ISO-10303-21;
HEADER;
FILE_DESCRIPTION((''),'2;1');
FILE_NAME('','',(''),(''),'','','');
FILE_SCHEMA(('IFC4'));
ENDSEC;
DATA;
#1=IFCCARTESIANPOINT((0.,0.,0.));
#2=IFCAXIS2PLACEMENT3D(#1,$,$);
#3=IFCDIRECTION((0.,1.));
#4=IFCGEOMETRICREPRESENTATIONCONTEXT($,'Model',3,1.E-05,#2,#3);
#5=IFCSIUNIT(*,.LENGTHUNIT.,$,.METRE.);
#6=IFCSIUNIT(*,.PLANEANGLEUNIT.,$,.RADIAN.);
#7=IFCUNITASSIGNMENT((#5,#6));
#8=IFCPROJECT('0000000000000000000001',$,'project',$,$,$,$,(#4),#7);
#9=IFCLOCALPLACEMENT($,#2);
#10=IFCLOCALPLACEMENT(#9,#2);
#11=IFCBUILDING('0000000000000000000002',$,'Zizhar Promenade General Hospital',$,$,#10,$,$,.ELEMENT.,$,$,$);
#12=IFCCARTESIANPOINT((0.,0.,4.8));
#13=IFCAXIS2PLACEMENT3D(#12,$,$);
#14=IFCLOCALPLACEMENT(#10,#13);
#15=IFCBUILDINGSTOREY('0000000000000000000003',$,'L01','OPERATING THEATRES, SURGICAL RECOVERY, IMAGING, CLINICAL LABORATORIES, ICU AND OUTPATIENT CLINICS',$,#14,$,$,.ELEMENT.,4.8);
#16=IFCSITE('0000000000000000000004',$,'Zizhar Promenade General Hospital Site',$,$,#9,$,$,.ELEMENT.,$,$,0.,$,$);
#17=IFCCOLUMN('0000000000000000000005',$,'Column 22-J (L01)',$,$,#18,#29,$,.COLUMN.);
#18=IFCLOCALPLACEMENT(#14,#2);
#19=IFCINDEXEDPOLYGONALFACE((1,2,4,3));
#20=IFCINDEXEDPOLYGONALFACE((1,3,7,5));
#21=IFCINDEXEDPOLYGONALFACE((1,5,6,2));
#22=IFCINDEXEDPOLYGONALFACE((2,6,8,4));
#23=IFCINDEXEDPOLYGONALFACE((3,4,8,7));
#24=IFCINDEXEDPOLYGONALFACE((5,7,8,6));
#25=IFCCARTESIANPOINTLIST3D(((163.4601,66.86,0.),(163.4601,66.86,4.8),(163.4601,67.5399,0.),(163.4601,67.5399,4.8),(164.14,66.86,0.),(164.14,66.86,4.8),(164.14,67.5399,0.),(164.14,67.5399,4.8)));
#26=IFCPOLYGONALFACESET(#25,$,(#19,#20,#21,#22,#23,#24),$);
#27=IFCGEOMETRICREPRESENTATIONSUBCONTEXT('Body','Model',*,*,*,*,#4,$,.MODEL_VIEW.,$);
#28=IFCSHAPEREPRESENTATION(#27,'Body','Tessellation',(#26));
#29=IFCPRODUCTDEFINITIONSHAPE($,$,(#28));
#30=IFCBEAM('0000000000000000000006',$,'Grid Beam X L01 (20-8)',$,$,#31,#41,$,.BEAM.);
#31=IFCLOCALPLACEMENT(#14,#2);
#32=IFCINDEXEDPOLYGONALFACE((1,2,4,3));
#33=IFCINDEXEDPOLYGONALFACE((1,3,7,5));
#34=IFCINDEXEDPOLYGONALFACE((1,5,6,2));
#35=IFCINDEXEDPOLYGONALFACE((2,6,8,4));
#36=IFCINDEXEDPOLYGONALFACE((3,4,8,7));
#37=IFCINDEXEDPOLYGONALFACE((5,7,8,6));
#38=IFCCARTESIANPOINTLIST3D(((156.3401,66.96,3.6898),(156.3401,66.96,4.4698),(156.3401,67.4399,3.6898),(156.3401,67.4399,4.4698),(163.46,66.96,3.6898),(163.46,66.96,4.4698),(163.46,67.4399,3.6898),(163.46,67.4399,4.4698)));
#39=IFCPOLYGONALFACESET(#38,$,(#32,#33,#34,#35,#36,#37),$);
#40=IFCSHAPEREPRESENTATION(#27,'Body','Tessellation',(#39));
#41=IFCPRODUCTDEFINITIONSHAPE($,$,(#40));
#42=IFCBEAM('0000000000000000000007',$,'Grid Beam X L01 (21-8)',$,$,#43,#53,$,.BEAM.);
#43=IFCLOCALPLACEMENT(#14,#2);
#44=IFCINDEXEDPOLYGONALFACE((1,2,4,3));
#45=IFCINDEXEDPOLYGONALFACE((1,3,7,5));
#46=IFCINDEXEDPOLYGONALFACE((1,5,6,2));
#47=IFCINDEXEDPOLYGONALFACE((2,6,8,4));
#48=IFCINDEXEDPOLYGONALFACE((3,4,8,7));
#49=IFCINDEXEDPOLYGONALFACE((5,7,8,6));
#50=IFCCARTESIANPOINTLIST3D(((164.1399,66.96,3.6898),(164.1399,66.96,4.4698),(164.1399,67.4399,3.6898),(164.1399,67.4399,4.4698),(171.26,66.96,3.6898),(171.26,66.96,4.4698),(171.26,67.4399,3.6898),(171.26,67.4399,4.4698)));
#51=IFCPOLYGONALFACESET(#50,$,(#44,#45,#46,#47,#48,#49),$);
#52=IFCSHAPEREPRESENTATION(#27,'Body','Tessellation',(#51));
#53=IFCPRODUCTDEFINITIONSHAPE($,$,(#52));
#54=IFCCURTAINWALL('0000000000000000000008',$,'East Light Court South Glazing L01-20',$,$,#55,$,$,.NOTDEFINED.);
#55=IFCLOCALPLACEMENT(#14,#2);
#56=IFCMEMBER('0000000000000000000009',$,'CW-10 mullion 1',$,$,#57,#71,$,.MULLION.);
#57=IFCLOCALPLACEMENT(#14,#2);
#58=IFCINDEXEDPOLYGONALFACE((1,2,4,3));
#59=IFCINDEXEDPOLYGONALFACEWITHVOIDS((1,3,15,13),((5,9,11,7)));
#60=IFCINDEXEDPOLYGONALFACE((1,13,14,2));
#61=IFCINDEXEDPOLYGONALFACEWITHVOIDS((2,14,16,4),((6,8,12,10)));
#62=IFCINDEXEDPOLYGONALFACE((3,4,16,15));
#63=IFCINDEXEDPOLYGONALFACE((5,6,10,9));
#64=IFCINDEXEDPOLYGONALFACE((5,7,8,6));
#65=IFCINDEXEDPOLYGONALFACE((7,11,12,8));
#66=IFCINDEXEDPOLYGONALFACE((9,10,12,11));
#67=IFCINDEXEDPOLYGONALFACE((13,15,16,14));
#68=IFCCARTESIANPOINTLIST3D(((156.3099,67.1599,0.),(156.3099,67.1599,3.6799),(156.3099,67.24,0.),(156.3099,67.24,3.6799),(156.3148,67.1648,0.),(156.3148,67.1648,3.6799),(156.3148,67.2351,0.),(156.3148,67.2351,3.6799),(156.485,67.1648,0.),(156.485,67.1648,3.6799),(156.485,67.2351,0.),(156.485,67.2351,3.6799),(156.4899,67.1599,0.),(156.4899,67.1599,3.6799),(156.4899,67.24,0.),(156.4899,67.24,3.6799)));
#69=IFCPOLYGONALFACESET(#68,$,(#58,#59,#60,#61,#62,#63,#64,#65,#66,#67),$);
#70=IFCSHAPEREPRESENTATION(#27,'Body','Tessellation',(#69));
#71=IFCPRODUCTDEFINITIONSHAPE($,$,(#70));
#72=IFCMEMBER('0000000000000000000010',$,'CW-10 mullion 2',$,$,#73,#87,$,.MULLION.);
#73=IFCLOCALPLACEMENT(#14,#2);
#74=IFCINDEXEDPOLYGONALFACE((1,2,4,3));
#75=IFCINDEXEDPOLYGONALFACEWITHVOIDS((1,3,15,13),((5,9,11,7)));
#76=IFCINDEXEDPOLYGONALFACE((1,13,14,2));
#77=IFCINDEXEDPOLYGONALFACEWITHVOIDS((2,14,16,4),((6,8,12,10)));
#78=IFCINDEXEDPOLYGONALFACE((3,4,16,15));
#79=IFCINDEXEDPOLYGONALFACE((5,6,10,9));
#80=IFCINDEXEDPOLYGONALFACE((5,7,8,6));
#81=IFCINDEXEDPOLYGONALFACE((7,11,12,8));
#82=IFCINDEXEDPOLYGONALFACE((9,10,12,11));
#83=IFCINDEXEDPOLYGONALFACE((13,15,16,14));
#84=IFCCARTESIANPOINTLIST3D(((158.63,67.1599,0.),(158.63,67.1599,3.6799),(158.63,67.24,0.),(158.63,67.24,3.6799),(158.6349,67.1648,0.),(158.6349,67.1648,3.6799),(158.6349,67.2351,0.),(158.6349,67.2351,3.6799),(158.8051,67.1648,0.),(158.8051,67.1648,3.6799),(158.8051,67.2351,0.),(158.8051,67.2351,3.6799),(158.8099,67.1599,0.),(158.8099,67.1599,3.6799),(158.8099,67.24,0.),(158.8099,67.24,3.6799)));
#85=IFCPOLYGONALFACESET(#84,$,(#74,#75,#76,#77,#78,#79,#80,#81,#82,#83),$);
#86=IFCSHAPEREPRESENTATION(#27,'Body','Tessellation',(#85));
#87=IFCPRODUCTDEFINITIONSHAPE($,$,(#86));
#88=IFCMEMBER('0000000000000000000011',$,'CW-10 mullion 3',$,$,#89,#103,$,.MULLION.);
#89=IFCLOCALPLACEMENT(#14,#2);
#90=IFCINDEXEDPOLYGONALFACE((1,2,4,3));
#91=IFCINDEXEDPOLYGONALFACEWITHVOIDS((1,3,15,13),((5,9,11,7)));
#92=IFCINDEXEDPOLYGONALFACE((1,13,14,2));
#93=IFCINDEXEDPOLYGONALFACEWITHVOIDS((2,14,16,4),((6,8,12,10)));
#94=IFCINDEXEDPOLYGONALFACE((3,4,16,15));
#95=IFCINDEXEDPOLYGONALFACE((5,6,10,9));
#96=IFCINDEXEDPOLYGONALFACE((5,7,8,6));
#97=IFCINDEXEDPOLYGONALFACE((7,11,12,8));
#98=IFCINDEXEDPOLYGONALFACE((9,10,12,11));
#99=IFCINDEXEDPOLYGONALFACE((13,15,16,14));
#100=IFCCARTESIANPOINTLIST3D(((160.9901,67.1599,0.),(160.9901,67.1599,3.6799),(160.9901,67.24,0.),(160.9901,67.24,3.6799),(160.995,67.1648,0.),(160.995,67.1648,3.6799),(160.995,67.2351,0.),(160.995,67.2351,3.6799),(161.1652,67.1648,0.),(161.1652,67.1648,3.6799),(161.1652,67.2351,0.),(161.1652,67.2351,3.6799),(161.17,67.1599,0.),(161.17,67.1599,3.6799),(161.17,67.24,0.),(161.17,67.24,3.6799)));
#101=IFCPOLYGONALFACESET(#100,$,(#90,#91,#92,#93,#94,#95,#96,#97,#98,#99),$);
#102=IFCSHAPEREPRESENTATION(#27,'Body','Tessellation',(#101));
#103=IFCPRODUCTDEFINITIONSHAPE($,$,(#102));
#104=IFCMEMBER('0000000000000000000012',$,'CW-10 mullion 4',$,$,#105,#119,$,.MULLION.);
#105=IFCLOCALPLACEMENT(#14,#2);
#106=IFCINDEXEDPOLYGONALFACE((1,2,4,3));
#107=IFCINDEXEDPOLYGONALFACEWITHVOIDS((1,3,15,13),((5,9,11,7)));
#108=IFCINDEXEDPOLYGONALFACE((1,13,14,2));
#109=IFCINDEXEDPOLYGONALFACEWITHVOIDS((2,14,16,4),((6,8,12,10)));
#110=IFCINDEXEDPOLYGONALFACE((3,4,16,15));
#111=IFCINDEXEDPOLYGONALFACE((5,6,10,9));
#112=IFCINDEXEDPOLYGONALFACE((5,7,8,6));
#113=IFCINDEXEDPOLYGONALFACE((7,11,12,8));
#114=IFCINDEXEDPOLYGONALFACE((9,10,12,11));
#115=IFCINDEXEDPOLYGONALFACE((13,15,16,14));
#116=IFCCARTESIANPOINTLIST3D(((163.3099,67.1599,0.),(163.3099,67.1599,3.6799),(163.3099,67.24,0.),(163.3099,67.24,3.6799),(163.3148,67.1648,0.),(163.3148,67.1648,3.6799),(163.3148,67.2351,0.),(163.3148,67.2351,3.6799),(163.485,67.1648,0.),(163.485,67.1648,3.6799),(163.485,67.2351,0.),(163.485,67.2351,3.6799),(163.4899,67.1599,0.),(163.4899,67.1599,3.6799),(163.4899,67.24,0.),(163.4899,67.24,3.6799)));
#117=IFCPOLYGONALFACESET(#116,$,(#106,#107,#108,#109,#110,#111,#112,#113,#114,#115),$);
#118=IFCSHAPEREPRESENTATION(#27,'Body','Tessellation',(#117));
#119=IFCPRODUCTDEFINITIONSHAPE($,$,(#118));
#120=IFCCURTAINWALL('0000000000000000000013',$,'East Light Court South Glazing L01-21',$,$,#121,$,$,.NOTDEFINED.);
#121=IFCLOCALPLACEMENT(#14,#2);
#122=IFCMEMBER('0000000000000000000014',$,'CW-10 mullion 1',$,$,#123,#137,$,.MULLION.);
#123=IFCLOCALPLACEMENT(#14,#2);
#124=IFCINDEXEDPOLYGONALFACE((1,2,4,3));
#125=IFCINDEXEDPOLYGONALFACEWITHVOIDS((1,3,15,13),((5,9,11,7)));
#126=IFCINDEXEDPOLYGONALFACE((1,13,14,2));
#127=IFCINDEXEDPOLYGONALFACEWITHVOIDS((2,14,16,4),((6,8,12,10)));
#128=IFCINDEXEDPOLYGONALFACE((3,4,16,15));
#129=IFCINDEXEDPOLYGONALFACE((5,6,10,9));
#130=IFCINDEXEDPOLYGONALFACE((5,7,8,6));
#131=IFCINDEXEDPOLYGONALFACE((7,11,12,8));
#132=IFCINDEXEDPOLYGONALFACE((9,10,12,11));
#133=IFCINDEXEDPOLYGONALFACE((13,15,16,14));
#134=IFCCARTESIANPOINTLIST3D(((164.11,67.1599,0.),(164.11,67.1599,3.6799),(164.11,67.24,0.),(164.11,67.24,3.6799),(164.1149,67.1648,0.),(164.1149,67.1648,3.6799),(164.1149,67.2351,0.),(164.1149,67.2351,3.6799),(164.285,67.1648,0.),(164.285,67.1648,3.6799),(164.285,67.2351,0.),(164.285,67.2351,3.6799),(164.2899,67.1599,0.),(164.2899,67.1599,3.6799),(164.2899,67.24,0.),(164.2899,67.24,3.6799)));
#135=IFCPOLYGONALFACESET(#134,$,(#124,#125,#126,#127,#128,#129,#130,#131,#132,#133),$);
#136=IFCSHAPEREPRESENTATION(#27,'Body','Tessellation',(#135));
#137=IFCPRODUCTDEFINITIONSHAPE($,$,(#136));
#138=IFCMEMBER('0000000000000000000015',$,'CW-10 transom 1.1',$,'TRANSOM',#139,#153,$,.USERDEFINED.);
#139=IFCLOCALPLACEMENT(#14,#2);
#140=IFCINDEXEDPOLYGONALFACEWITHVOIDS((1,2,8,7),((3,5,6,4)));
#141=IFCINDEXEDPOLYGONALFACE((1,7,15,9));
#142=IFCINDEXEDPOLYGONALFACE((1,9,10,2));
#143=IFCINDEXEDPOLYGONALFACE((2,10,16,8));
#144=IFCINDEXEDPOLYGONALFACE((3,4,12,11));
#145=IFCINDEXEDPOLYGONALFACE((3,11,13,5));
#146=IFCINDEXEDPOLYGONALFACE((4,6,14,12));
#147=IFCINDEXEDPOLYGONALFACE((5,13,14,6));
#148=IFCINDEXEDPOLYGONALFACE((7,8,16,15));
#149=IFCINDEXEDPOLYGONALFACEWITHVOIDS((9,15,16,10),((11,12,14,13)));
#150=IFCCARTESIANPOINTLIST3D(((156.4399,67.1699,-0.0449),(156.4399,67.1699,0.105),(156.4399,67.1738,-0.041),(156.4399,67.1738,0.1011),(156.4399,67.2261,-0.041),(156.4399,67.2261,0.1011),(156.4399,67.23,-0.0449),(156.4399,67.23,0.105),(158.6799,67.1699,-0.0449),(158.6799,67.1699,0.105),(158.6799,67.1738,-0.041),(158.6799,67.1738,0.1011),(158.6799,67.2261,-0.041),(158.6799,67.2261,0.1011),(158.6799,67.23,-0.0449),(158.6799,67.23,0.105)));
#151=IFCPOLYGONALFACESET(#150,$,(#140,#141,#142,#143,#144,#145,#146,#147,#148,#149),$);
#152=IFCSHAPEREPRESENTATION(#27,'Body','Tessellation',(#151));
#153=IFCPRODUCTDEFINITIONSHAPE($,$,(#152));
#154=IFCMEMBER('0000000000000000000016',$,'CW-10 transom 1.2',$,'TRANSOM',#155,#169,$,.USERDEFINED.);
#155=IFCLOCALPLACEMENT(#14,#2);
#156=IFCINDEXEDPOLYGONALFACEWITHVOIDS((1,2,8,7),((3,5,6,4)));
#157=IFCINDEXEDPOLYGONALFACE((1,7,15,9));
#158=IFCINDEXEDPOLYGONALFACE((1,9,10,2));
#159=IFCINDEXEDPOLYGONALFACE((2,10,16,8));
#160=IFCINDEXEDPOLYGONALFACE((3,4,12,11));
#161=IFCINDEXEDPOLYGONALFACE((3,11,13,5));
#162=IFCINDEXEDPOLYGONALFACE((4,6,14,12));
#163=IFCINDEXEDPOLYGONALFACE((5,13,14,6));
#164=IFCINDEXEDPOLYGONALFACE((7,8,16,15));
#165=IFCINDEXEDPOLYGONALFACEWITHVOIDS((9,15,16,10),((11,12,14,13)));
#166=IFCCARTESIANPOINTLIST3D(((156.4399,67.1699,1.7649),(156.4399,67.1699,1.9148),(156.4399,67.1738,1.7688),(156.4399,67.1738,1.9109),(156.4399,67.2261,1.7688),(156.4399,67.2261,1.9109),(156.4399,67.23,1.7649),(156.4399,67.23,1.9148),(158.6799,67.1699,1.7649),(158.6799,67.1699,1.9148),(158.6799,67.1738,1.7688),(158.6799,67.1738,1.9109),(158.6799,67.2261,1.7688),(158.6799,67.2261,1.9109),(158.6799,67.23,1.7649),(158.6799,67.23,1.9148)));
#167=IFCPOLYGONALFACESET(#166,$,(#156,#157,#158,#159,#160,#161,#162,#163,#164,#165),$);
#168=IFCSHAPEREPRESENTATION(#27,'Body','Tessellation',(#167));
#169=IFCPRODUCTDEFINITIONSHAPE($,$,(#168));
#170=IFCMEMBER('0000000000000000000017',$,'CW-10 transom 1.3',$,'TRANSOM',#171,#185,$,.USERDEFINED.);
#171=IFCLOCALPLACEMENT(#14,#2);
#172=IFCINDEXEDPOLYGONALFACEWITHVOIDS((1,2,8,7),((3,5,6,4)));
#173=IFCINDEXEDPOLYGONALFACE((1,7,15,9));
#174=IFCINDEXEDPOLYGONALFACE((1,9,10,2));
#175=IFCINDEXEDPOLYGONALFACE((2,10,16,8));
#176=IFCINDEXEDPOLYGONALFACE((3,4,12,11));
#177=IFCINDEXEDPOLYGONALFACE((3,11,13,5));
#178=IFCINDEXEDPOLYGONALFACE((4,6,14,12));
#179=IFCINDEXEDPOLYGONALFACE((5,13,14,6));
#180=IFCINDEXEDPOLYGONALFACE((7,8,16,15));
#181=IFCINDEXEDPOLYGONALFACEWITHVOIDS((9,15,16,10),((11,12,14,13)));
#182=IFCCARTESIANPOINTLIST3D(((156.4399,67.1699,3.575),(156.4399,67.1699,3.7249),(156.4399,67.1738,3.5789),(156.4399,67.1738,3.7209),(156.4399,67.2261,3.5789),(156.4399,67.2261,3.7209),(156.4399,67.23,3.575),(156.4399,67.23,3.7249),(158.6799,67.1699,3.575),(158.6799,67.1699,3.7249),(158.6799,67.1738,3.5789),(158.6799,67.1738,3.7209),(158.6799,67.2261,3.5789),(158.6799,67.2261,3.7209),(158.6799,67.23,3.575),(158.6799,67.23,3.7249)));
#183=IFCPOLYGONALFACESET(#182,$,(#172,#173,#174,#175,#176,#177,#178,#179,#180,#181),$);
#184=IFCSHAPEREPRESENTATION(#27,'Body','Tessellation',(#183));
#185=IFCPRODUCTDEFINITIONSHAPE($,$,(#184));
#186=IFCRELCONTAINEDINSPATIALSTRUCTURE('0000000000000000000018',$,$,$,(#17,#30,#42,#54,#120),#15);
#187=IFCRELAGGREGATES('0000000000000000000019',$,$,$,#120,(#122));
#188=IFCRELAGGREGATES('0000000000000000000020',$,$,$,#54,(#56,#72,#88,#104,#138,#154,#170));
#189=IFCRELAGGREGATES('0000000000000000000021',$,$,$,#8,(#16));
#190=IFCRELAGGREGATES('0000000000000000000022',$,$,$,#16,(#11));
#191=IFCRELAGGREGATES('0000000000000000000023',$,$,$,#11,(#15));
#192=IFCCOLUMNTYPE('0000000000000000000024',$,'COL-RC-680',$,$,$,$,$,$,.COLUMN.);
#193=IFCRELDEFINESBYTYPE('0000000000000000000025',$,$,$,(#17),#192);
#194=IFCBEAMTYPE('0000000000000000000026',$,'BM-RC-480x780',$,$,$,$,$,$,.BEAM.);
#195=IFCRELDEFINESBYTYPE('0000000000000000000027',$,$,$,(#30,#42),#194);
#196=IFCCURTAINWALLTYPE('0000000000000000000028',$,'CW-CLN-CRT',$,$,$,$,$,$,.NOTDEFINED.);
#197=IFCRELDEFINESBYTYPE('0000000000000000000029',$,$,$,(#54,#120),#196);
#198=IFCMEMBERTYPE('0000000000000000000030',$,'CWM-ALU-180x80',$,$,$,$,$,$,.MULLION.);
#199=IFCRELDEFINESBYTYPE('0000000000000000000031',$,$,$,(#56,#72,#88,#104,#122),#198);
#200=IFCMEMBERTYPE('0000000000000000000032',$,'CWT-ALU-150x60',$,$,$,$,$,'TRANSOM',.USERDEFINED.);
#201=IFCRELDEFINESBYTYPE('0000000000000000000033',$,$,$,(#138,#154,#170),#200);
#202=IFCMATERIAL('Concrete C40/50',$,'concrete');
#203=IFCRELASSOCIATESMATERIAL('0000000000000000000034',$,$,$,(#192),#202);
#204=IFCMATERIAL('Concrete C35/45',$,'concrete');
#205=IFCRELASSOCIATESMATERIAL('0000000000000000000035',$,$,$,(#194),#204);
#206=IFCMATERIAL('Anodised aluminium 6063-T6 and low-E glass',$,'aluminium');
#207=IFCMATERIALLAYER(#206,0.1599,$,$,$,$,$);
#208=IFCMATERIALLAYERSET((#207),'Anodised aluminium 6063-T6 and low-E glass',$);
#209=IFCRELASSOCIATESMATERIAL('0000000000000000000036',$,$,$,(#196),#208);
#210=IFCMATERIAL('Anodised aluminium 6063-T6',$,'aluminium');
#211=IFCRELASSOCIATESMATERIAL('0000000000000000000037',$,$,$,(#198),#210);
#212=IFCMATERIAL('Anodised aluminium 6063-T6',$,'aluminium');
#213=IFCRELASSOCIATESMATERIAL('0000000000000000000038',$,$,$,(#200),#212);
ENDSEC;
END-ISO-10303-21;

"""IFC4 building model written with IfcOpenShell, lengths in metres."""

from ifc_helpers import new_model, si_unit, direction, frame, origin, origin_2d, place, context, subcontext, project, spatial, rectangle, hollow_rectangle, extrude, material, layer, layer_set, material_profile, profile_set, type_object, element, aggregate, save


model = new_model("IFC4")

# Units and contexts
model_context = context("Model", 3, precision=1e-05, world=origin(), true_north=direction((0.0, 1.0)))
body_context = subcontext(model_context, "Body", "Model", "MODEL_VIEW")
ifc_project = project(units=[si_unit("LENGTHUNIT", "METRE"), si_unit("PLANEANGLEUNIT", "RADIAN")], contexts=[model_context])

# Site, building, storey
site_placement = place(None, origin())
site = spatial("IfcSite", under=ifc_project, at=site_placement, Name="Zizhar Promenade General Hospital Site", CompositionType="ELEMENT", RefElevation=0.0)
building_placement = place(site_placement, origin())
building = spatial("IfcBuilding", under=site, at=building_placement, Name="Zizhar Promenade General Hospital", CompositionType="ELEMENT")
storey_placement = place(building_placement, frame((0.0, 0.0, 4.8)))
storey = spatial("IfcBuildingStorey", under=building, at=storey_placement, Name="L01", Description="OPERATING THEATRES, SURGICAL RECOVERY, IMAGING, CLINICAL LABORATORIES, ICU AND OUTPATIENT CLINICS", CompositionType="ELEMENT", Elevation=4.8)

# Column
ifc_material_1 = material(Name="Concrete C40/50", Category="concrete")
ifc_material_profile_1 = material_profile(ifc_material_1, rectangle(XDim=0.6799, YDim=0.6799, at=origin_2d()))
ifc_profile_set_1 = profile_set([ifc_material_profile_1], Name="Concrete C40/50")
column_type = type_object("IfcColumnType", Name="COL-RC-680", PredefinedType="COLUMN", material=ifc_profile_set_1)
column_placement = place(storey_placement, frame((163.8, 67.2, 0.0), z_axis=(0.0, 0.0, 1.0), x_axis=(1.0, 0.0, 0.0)))
element("IfcColumn", 1, at=column_placement, inside=storey, type_object=column_type, Name="Column 22-J (L01)", PredefinedType="COLUMN", context=body_context, shape_type="SweptSolid", body=[
    extrude(rectangle(XDim=0.6799, YDim=0.6799, at=origin_2d()), origin(), (0.0, 0.0, 1.0), 4.8),
])

# Beams
ifc_material_2 = material(Name="Concrete C35/45", Category="concrete")
ifc_material_profile_2 = material_profile(ifc_material_2, rectangle(XDim=0.48, YDim=0.78, at=origin_2d()))
ifc_profile_set_2 = profile_set([ifc_material_profile_2], Name="Concrete C35/45")
beam_type = type_object("IfcBeamType", Name="BM-RC-480x780", PredefinedType="BEAM", material=ifc_profile_set_2)
beam_1_placement = place(storey_placement, frame((156.3401, 67.2, 4.0798), z_axis=(1.0, 0.0, 0.0), x_axis=(0.0, 1.0, 0.0)))
element("IfcBeam", 2, at=beam_1_placement, inside=storey, type_object=beam_type, Name="Grid Beam X L01 (20-8)", PredefinedType="BEAM", context=body_context, shape_type="SweptSolid", body=[
    extrude(rectangle(XDim=0.48, YDim=0.78, at=origin_2d()), origin(), (0.0, 0.0, 1.0), 7.1199),
])
beam_2_placement = place(storey_placement, frame((164.1399, 67.2, 4.0798), z_axis=(1.0, 0.0, 0.0), x_axis=(0.0, 1.0, 0.0)))
element("IfcBeam", 3, at=beam_2_placement, inside=storey, type_object=beam_type, Name="Grid Beam X L01 (21-8)", PredefinedType="BEAM", context=body_context, shape_type="SweptSolid", body=[
    extrude(rectangle(XDim=0.48, YDim=0.78, at=origin_2d()), origin(), (0.0, 0.0, 1.0), 7.1201),
])

# Curtain wall, members
ifc_material_3 = material(Name="Anodised aluminium 6063-T6 and low-E glass", Category="aluminium")
ifc_layer_1 = layer(ifc_material_3, 0.1599)
ifc_layer_set_1 = layer_set([ifc_layer_1], Name="Anodised aluminium 6063-T6 and low-E glass")
curtain_wall_type = type_object("IfcCurtainWallType", Name="CW-CLN-CRT", PredefinedType="NOTDEFINED", material=ifc_layer_set_1)
curtain_wall_1_placement = place(storey_placement, origin())
curtain_wall_1 = element("IfcCurtainWall", 4, at=curtain_wall_1_placement, inside=storey, type_object=curtain_wall_type, Name="East Light Court South Glazing L01-20", PredefinedType="NOTDEFINED")
ifc_material_4 = material(Name="Anodised aluminium 6063-T6", Category="aluminium")
ifc_material_profile_3 = material_profile(ifc_material_4, hollow_rectangle(XDim=0.0801, YDim=0.1799, WallThickness=0.0049, at=origin_2d()))
ifc_profile_set_3 = profile_set([ifc_material_profile_3], Name="Anodised aluminium 6063-T6")
member_type_1 = type_object("IfcMemberType", Name="CWM-ALU-180x80", PredefinedType="MULLION", material=ifc_profile_set_3)
member_1_placement = place(storey_placement, frame((156.3999, 67.2, 0.0), z_axis=(0.0, 0.0, 1.0), x_axis=(0.0, 1.0, 0.0)))
member_1 = element("IfcMember", 5, at=member_1_placement, type_object=member_type_1, Name="CW-10 mullion 1", PredefinedType="MULLION", context=body_context, shape_type="SweptSolid", body=[
    extrude(hollow_rectangle(XDim=0.0801, YDim=0.1799, WallThickness=0.0049, at=origin_2d()), origin(), (0.0, 0.0, 1.0), 3.6799),
])
member_2_placement = place(storey_placement, frame((158.72, 67.2, 0.0), z_axis=(0.0, 0.0, 1.0), x_axis=(0.0, 1.0, 0.0)))
member_2 = element("IfcMember", 6, at=member_2_placement, type_object=member_type_1, Name="CW-10 mullion 2", PredefinedType="MULLION", context=body_context, shape_type="SweptSolid", body=[
    extrude(hollow_rectangle(XDim=0.0801, YDim=0.1799, WallThickness=0.0049, at=origin_2d()), origin(), (0.0, 0.0, 1.0), 3.6799),
])
member_3_placement = place(storey_placement, frame((161.0801, 67.2, 0.0), z_axis=(0.0, 0.0, 1.0), x_axis=(0.0, 1.0, 0.0)))
member_3 = element("IfcMember", 7, at=member_3_placement, type_object=member_type_1, Name="CW-10 mullion 3", PredefinedType="MULLION", context=body_context, shape_type="SweptSolid", body=[
    extrude(hollow_rectangle(XDim=0.0801, YDim=0.1799, WallThickness=0.0049, at=origin_2d()), origin(), (0.0, 0.0, 1.0), 3.6799),
])
member_4_placement = place(storey_placement, frame((163.3999, 67.2, 0.0), z_axis=(0.0, 0.0, 1.0), x_axis=(0.0, 1.0, 0.0)))
member_4 = element("IfcMember", 8, at=member_4_placement, type_object=member_type_1, Name="CW-10 mullion 4", PredefinedType="MULLION", context=body_context, shape_type="SweptSolid", body=[
    extrude(hollow_rectangle(XDim=0.0801, YDim=0.1799, WallThickness=0.0049, at=origin_2d()), origin(), (0.0, 0.0, 1.0), 3.6799),
])

# Curtain wall, member
curtain_wall_2_placement = place(storey_placement, origin())
curtain_wall_2 = element("IfcCurtainWall", 9, at=curtain_wall_2_placement, inside=storey, type_object=curtain_wall_type, Name="East Light Court South Glazing L01-21", PredefinedType="NOTDEFINED")
member_5_placement = place(storey_placement, frame((164.2, 67.2, 0.0), z_axis=(0.0, 0.0, 1.0), x_axis=(0.0, 1.0, 0.0)))
member_5 = element("IfcMember", 10, at=member_5_placement, type_object=member_type_1, Name="CW-10 mullion 1", PredefinedType="MULLION", context=body_context, shape_type="SweptSolid", body=[
    extrude(hollow_rectangle(XDim=0.0801, YDim=0.1799, WallThickness=0.0049, at=origin_2d()), origin(), (0.0, 0.0, 1.0), 3.6799),
])

# Members
ifc_material_5 = material(Name="Anodised aluminium 6063-T6", Category="aluminium")
ifc_material_profile_4 = material_profile(ifc_material_5, hollow_rectangle(XDim=0.0601, YDim=0.1499, WallThickness=0.0039, at=origin_2d()))
ifc_profile_set_4 = profile_set([ifc_material_profile_4], Name="Anodised aluminium 6063-T6")
member_type_2 = type_object("IfcMemberType", Name="CWT-ALU-150x60", ElementType="TRANSOM", PredefinedType="USERDEFINED", material=ifc_profile_set_4)
member_6_placement = place(storey_placement, frame((156.4399, 67.2, 0.03), z_axis=(1.0, 0.0, 0.0), x_axis=(0.0, 1.0, 0.0)))
member_6 = element("IfcMember", 11, at=member_6_placement, type_object=member_type_2, Name="CW-10 transom 1.1", ObjectType="TRANSOM", PredefinedType="USERDEFINED", context=body_context, shape_type="SweptSolid", body=[
    extrude(hollow_rectangle(XDim=0.0601, YDim=0.1499, WallThickness=0.0039, at=origin_2d()), origin(), (0.0, 0.0, 1.0), 2.24),
])
member_7_placement = place(storey_placement, frame((156.4399, 67.2, 1.8398), z_axis=(1.0, 0.0, 0.0), x_axis=(0.0, 1.0, 0.0)))
member_7 = element("IfcMember", 12, at=member_7_placement, type_object=member_type_2, Name="CW-10 transom 1.2", ObjectType="TRANSOM", PredefinedType="USERDEFINED", context=body_context, shape_type="SweptSolid", body=[
    extrude(hollow_rectangle(XDim=0.0601, YDim=0.1499, WallThickness=0.0039, at=origin_2d()), origin(), (0.0, 0.0, 1.0), 2.24),
])
member_8_placement = place(storey_placement, frame((156.4399, 67.2, 3.6499), z_axis=(1.0, 0.0, 0.0), x_axis=(0.0, 1.0, 0.0)))
member_8 = element("IfcMember", 13, at=member_8_placement, type_object=member_type_2, Name="CW-10 transom 1.3", ObjectType="TRANSOM", PredefinedType="USERDEFINED", context=body_context, shape_type="SweptSolid", body=[
    extrude(hollow_rectangle(XDim=0.0601, YDim=0.1499, WallThickness=0.0039, at=origin_2d()), origin(), (0.0, 0.0, 1.0), 2.24),
])
aggregate(curtain_wall_2, [member_5])

aggregate(curtain_wall_1, [member_1, member_2, member_3, member_4, member_6, member_7, member_8])

save(model, "model.ifc")
